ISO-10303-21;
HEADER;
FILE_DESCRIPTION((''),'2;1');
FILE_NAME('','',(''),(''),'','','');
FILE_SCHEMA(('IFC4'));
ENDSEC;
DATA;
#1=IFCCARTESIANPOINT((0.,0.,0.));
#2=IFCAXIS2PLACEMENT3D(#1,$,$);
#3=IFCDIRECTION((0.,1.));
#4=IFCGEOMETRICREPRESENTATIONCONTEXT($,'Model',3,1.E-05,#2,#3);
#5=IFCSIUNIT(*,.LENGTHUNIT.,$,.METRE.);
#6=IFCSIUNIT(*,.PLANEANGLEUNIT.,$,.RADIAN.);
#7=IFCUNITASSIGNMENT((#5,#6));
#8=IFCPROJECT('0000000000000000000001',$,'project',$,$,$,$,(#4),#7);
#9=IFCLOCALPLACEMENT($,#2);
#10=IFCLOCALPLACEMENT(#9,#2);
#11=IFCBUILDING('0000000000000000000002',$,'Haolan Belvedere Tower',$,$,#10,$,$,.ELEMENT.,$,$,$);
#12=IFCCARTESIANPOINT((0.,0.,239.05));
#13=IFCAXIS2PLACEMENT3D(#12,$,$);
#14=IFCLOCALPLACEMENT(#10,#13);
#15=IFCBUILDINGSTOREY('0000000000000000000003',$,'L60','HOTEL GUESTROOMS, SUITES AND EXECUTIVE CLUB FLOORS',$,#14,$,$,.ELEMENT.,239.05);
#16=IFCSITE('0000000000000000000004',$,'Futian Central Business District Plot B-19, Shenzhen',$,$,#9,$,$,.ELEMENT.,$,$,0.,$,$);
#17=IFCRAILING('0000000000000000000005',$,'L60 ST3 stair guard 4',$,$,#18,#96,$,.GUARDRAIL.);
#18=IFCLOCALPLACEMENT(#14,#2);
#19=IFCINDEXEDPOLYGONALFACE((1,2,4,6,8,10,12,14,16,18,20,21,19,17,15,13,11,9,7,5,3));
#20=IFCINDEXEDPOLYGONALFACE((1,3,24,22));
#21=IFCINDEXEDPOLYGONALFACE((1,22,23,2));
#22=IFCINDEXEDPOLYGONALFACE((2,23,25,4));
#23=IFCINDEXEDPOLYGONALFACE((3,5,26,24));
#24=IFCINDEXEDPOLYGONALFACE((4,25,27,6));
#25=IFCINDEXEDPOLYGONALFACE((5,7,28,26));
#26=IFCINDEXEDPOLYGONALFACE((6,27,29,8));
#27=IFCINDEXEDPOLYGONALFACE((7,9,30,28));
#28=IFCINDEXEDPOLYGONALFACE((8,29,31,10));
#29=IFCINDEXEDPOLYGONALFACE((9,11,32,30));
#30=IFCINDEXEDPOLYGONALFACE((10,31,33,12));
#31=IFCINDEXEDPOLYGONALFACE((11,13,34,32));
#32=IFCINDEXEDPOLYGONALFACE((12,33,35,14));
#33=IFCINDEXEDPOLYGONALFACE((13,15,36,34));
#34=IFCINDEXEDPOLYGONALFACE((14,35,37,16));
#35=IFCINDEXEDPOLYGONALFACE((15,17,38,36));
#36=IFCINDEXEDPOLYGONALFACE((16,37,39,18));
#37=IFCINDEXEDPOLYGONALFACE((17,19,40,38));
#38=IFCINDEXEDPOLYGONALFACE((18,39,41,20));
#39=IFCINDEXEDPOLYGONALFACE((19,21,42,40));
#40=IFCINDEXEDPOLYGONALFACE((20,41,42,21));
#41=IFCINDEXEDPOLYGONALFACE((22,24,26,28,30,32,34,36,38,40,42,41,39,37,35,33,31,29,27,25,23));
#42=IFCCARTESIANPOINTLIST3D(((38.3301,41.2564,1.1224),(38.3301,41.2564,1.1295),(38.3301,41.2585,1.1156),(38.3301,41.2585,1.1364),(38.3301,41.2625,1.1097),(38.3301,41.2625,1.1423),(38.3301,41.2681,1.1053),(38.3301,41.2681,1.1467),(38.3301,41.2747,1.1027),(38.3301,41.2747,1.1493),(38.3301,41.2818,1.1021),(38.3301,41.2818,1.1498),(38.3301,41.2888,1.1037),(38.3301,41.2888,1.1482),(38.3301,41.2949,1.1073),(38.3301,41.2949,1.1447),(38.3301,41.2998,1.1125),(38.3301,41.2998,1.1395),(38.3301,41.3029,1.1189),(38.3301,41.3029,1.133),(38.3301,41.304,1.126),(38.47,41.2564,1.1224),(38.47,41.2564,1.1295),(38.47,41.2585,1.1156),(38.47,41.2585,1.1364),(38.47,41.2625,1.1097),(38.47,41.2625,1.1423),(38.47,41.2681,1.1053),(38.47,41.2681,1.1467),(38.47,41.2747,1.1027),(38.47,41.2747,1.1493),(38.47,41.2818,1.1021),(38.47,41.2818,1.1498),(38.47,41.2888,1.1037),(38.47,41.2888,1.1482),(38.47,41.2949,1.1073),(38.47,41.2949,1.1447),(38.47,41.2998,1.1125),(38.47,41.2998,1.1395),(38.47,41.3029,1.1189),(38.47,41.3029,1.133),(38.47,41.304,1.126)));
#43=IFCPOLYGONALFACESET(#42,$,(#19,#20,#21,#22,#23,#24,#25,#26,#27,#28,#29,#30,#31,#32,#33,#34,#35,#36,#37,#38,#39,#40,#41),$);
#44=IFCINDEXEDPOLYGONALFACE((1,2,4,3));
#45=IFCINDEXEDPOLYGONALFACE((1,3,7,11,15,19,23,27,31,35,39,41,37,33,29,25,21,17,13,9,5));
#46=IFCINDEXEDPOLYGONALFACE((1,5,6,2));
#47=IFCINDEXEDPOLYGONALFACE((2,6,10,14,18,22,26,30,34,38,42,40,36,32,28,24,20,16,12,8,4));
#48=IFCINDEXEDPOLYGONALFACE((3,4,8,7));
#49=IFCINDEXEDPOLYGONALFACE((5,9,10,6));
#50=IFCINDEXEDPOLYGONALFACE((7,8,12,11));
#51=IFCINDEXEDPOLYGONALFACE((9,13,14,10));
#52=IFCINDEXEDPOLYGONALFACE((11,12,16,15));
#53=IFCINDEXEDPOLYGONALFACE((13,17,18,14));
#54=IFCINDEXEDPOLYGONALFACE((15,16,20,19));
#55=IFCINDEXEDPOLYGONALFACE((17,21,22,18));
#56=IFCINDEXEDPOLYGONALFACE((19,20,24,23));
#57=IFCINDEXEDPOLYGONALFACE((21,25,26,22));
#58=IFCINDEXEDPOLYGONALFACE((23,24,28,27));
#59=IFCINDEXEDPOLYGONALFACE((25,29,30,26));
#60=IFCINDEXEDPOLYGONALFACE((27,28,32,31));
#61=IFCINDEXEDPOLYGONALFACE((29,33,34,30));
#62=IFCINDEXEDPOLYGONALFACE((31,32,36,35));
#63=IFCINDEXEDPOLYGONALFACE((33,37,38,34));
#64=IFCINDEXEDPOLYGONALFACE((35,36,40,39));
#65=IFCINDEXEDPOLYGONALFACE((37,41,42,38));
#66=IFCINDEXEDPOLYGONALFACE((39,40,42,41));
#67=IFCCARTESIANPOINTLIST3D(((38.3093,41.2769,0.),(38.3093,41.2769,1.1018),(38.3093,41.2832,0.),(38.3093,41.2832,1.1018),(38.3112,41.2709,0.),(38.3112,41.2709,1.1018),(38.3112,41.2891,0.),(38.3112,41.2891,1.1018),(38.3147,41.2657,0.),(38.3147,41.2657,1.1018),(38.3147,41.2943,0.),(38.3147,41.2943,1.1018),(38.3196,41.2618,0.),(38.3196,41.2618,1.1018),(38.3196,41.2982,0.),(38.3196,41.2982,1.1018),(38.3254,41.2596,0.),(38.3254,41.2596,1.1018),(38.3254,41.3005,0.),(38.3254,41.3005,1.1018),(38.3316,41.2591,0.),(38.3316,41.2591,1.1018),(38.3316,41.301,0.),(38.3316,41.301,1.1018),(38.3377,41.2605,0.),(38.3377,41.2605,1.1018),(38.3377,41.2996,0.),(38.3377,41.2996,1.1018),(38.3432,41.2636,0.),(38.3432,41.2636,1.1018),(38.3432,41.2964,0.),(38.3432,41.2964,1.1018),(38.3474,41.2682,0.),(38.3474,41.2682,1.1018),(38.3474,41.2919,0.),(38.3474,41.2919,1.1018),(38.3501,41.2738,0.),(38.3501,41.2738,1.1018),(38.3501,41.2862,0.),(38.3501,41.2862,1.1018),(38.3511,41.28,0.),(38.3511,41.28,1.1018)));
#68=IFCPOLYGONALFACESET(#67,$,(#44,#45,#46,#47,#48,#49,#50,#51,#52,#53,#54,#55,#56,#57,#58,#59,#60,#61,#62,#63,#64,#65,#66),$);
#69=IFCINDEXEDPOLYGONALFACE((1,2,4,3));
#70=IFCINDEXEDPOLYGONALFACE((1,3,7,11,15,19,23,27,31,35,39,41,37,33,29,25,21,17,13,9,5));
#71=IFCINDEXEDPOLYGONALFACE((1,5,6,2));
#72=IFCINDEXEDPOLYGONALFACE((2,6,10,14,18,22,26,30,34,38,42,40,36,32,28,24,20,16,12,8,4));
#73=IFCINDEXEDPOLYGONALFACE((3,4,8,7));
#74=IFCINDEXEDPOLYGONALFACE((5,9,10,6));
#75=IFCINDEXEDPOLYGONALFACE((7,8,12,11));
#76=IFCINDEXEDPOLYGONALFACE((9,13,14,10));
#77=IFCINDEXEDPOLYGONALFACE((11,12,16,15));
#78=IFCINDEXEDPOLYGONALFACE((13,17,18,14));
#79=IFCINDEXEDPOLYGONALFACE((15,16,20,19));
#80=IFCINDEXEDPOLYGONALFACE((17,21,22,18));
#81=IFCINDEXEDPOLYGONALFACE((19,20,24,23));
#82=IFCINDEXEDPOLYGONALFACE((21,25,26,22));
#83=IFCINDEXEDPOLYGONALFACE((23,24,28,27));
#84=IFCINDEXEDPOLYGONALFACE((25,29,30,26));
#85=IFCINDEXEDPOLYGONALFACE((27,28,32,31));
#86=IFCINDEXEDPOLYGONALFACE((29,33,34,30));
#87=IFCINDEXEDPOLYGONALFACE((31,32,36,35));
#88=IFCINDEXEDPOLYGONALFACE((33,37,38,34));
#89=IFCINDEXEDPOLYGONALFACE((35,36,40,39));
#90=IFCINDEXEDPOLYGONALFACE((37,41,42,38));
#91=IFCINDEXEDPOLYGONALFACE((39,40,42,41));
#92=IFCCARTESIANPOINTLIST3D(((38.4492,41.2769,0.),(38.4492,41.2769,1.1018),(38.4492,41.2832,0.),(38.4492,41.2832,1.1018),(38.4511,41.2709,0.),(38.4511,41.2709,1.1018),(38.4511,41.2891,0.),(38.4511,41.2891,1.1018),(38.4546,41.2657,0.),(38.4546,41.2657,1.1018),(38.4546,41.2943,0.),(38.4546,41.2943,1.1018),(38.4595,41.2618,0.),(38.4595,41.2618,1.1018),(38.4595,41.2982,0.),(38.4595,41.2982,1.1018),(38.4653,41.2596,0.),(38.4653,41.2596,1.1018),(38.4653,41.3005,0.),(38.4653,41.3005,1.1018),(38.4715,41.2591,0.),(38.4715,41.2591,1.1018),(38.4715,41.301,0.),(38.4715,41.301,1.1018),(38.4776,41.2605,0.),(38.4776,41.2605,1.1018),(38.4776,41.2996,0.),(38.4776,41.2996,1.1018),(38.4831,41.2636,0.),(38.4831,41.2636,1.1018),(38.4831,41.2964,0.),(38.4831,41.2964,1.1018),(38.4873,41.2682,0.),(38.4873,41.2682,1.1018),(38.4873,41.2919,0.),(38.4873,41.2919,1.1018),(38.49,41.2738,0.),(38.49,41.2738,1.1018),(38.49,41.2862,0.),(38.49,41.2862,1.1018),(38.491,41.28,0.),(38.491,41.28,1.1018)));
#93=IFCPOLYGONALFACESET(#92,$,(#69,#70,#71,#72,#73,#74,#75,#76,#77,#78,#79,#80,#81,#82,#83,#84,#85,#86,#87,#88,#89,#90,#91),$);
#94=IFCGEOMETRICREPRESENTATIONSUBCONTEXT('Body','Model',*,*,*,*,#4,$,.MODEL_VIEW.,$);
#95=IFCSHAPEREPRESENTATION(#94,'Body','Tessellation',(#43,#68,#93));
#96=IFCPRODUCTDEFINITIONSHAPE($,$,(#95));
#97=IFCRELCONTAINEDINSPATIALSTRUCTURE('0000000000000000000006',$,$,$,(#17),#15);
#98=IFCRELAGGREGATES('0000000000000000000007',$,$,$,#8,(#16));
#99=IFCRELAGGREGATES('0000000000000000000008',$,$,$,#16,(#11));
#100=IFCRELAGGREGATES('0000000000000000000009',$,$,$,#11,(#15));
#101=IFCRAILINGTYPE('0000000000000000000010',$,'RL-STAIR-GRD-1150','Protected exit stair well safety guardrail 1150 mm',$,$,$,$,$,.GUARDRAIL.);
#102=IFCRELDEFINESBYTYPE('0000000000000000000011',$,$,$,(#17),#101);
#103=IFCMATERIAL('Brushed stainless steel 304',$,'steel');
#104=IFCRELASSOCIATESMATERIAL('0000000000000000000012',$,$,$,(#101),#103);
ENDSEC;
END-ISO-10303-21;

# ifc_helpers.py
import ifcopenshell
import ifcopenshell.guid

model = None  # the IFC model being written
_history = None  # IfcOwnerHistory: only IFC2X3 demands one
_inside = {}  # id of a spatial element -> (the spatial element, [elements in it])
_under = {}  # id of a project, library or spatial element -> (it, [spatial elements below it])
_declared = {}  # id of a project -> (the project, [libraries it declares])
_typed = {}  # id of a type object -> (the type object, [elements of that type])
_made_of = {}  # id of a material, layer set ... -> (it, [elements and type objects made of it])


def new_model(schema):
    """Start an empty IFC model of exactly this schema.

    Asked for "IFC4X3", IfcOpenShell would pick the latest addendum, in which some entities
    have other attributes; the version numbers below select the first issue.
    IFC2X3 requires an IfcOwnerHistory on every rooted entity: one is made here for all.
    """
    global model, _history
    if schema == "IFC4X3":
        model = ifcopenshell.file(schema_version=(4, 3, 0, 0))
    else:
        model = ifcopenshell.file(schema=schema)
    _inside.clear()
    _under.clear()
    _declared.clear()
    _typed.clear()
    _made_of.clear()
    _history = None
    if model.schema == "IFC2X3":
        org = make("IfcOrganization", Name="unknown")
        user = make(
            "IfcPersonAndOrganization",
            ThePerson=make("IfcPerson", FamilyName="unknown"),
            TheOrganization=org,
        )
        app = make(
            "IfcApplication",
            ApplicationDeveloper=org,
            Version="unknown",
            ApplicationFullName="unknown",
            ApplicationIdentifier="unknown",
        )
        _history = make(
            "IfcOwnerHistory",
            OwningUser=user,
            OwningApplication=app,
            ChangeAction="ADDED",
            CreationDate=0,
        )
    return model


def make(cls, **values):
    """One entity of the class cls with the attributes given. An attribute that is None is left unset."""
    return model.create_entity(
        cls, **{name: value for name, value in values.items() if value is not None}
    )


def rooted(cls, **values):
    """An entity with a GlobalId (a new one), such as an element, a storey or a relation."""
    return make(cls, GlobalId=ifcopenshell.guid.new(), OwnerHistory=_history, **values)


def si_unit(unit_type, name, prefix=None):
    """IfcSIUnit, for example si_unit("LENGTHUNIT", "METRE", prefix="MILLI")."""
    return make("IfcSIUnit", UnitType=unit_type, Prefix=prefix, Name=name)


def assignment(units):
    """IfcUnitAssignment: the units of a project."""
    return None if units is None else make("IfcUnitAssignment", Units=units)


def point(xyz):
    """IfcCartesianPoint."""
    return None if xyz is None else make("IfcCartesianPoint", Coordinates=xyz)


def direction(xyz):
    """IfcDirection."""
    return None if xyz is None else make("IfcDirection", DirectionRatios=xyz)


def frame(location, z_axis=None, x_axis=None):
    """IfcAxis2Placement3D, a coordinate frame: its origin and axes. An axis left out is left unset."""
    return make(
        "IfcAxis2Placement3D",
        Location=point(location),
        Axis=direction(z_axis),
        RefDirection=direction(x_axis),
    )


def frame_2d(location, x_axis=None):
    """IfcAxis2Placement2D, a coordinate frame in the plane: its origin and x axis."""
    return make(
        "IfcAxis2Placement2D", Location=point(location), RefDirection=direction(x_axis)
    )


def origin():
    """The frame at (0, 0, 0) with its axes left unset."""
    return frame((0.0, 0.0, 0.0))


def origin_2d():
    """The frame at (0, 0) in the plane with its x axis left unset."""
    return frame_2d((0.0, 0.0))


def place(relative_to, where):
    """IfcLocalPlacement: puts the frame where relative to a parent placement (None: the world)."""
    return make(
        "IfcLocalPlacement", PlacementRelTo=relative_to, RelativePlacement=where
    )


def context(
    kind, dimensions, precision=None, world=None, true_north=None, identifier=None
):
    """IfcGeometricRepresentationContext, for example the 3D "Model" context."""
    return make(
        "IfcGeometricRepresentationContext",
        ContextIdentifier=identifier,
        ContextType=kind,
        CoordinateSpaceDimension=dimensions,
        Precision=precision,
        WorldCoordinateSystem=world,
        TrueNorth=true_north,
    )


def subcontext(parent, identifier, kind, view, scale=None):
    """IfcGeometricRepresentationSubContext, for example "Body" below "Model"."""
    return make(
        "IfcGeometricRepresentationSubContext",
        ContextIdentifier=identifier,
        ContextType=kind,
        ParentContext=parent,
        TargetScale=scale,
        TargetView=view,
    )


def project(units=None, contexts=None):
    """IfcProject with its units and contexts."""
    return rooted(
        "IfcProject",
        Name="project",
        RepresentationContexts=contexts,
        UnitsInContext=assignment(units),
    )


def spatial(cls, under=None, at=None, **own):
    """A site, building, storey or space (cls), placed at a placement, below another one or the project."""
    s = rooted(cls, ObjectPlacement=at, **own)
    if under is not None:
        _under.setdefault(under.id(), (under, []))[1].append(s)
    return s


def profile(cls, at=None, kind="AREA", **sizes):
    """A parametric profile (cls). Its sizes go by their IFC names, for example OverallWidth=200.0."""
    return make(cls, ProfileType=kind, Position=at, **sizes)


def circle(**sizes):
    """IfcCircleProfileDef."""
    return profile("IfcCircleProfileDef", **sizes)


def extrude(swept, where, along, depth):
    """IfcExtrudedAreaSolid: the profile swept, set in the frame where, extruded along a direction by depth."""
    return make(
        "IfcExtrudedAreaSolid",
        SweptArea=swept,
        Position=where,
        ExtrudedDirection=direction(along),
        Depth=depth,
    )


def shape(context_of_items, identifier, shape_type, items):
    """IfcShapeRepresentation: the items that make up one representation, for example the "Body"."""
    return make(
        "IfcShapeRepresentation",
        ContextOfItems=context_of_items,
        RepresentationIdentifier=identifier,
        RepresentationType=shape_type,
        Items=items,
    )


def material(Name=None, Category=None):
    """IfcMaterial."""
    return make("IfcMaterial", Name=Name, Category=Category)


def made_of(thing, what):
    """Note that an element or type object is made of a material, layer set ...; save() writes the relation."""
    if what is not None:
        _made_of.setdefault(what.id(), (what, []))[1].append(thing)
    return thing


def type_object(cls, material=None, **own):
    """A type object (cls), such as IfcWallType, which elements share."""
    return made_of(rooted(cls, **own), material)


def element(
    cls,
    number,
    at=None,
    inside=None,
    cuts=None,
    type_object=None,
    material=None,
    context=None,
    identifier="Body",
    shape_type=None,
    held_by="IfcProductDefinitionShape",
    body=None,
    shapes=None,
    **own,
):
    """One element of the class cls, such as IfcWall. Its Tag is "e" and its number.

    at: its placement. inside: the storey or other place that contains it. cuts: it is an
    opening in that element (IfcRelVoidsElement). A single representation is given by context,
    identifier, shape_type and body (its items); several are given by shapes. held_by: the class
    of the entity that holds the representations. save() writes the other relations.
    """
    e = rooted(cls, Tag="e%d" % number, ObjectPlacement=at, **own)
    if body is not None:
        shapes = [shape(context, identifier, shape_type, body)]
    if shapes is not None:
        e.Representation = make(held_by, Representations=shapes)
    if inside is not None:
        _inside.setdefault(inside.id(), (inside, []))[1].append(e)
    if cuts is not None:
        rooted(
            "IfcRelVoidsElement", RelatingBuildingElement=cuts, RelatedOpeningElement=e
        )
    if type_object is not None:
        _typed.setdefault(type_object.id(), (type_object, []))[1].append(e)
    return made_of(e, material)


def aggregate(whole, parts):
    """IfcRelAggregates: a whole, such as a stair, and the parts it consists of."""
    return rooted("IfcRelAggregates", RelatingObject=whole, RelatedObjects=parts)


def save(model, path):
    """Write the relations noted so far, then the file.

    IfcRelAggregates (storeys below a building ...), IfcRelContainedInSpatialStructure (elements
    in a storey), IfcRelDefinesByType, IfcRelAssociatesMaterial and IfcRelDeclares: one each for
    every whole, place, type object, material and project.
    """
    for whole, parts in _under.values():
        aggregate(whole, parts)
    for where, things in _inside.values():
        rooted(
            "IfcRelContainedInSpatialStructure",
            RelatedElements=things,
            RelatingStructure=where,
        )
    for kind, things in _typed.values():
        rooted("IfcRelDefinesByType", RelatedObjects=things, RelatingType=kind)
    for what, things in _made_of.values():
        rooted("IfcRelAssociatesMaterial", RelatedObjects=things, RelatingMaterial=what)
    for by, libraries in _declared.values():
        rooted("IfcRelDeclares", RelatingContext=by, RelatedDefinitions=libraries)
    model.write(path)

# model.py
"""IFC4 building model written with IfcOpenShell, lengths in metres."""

from ifc_helpers import new_model, si_unit, direction, frame, origin, origin_2d, place, context, subcontext, project, spatial, circle, extrude, material, type_object, element, save


model = new_model("IFC4")

# Units and contexts
model_context = context("Model", 3, precision=1e-05, world=origin(), true_north=direction((0.0, 1.0)))
body_context = subcontext(model_context, "Body", "Model", "MODEL_VIEW")
ifc_project = project(units=[si_unit("LENGTHUNIT", "METRE"), si_unit("PLANEANGLEUNIT", "RADIAN")], contexts=[model_context])

# Site, building, storey
site_placement = place(None, origin())
site = spatial("IfcSite", under=ifc_project, at=site_placement, Name="Futian Central Business District Plot B-19, Shenzhen", CompositionType="ELEMENT", RefElevation=0.0)
building_placement = place(site_placement, origin())
building = spatial("IfcBuilding", under=site, at=building_placement, Name="Haolan Belvedere Tower", CompositionType="ELEMENT")
storey_placement = place(building_placement, frame((0.0, 0.0, 239.05)))
storey = spatial("IfcBuildingStorey", under=building, at=storey_placement, Name="L60", Description="HOTEL GUESTROOMS, SUITES AND EXECUTIVE CLUB FLOORS", CompositionType="ELEMENT", Elevation=239.05)

# Railing
ifc_material_1 = material(Name="Brushed stainless steel 304", Category="steel")
railing_type_1 = type_object("IfcRailingType", Name="RL-STAIR-GRD-1150", Description="Protected exit stair well safety guardrail 1150 mm", PredefinedType="GUARDRAIL", material=ifc_material_1)
railing_1_placement = place(storey_placement, frame((38.3301, 41.28, 0.0)))
element("IfcRailing", 1, at=railing_1_placement, inside=storey, type_object=railing_type_1, Name="L60 ST3 stair guard 4", PredefinedType="GUARDRAIL", context=body_context, shape_type="SweptSolid", body=[
    extrude(circle(Radius=0.0239, at=origin_2d()), frame((0.0, 0.0, 1.126), z_axis=(1.0, 0.0, 0.0), x_axis=(0.0, 1.0, 0.0)), (0.0, 0.0, 1.0), 0.1399),
    extrude(circle(Radius=0.021, at=origin_2d()), origin(), (0.0, 0.0, 1.0), 1.1018),
    extrude(circle(Radius=0.021, at=origin_2d()), frame((0.1399, 0.0, 0.0)), (0.0, 0.0, 1.0), 1.1018),
])

save(model, "model.ifc")
